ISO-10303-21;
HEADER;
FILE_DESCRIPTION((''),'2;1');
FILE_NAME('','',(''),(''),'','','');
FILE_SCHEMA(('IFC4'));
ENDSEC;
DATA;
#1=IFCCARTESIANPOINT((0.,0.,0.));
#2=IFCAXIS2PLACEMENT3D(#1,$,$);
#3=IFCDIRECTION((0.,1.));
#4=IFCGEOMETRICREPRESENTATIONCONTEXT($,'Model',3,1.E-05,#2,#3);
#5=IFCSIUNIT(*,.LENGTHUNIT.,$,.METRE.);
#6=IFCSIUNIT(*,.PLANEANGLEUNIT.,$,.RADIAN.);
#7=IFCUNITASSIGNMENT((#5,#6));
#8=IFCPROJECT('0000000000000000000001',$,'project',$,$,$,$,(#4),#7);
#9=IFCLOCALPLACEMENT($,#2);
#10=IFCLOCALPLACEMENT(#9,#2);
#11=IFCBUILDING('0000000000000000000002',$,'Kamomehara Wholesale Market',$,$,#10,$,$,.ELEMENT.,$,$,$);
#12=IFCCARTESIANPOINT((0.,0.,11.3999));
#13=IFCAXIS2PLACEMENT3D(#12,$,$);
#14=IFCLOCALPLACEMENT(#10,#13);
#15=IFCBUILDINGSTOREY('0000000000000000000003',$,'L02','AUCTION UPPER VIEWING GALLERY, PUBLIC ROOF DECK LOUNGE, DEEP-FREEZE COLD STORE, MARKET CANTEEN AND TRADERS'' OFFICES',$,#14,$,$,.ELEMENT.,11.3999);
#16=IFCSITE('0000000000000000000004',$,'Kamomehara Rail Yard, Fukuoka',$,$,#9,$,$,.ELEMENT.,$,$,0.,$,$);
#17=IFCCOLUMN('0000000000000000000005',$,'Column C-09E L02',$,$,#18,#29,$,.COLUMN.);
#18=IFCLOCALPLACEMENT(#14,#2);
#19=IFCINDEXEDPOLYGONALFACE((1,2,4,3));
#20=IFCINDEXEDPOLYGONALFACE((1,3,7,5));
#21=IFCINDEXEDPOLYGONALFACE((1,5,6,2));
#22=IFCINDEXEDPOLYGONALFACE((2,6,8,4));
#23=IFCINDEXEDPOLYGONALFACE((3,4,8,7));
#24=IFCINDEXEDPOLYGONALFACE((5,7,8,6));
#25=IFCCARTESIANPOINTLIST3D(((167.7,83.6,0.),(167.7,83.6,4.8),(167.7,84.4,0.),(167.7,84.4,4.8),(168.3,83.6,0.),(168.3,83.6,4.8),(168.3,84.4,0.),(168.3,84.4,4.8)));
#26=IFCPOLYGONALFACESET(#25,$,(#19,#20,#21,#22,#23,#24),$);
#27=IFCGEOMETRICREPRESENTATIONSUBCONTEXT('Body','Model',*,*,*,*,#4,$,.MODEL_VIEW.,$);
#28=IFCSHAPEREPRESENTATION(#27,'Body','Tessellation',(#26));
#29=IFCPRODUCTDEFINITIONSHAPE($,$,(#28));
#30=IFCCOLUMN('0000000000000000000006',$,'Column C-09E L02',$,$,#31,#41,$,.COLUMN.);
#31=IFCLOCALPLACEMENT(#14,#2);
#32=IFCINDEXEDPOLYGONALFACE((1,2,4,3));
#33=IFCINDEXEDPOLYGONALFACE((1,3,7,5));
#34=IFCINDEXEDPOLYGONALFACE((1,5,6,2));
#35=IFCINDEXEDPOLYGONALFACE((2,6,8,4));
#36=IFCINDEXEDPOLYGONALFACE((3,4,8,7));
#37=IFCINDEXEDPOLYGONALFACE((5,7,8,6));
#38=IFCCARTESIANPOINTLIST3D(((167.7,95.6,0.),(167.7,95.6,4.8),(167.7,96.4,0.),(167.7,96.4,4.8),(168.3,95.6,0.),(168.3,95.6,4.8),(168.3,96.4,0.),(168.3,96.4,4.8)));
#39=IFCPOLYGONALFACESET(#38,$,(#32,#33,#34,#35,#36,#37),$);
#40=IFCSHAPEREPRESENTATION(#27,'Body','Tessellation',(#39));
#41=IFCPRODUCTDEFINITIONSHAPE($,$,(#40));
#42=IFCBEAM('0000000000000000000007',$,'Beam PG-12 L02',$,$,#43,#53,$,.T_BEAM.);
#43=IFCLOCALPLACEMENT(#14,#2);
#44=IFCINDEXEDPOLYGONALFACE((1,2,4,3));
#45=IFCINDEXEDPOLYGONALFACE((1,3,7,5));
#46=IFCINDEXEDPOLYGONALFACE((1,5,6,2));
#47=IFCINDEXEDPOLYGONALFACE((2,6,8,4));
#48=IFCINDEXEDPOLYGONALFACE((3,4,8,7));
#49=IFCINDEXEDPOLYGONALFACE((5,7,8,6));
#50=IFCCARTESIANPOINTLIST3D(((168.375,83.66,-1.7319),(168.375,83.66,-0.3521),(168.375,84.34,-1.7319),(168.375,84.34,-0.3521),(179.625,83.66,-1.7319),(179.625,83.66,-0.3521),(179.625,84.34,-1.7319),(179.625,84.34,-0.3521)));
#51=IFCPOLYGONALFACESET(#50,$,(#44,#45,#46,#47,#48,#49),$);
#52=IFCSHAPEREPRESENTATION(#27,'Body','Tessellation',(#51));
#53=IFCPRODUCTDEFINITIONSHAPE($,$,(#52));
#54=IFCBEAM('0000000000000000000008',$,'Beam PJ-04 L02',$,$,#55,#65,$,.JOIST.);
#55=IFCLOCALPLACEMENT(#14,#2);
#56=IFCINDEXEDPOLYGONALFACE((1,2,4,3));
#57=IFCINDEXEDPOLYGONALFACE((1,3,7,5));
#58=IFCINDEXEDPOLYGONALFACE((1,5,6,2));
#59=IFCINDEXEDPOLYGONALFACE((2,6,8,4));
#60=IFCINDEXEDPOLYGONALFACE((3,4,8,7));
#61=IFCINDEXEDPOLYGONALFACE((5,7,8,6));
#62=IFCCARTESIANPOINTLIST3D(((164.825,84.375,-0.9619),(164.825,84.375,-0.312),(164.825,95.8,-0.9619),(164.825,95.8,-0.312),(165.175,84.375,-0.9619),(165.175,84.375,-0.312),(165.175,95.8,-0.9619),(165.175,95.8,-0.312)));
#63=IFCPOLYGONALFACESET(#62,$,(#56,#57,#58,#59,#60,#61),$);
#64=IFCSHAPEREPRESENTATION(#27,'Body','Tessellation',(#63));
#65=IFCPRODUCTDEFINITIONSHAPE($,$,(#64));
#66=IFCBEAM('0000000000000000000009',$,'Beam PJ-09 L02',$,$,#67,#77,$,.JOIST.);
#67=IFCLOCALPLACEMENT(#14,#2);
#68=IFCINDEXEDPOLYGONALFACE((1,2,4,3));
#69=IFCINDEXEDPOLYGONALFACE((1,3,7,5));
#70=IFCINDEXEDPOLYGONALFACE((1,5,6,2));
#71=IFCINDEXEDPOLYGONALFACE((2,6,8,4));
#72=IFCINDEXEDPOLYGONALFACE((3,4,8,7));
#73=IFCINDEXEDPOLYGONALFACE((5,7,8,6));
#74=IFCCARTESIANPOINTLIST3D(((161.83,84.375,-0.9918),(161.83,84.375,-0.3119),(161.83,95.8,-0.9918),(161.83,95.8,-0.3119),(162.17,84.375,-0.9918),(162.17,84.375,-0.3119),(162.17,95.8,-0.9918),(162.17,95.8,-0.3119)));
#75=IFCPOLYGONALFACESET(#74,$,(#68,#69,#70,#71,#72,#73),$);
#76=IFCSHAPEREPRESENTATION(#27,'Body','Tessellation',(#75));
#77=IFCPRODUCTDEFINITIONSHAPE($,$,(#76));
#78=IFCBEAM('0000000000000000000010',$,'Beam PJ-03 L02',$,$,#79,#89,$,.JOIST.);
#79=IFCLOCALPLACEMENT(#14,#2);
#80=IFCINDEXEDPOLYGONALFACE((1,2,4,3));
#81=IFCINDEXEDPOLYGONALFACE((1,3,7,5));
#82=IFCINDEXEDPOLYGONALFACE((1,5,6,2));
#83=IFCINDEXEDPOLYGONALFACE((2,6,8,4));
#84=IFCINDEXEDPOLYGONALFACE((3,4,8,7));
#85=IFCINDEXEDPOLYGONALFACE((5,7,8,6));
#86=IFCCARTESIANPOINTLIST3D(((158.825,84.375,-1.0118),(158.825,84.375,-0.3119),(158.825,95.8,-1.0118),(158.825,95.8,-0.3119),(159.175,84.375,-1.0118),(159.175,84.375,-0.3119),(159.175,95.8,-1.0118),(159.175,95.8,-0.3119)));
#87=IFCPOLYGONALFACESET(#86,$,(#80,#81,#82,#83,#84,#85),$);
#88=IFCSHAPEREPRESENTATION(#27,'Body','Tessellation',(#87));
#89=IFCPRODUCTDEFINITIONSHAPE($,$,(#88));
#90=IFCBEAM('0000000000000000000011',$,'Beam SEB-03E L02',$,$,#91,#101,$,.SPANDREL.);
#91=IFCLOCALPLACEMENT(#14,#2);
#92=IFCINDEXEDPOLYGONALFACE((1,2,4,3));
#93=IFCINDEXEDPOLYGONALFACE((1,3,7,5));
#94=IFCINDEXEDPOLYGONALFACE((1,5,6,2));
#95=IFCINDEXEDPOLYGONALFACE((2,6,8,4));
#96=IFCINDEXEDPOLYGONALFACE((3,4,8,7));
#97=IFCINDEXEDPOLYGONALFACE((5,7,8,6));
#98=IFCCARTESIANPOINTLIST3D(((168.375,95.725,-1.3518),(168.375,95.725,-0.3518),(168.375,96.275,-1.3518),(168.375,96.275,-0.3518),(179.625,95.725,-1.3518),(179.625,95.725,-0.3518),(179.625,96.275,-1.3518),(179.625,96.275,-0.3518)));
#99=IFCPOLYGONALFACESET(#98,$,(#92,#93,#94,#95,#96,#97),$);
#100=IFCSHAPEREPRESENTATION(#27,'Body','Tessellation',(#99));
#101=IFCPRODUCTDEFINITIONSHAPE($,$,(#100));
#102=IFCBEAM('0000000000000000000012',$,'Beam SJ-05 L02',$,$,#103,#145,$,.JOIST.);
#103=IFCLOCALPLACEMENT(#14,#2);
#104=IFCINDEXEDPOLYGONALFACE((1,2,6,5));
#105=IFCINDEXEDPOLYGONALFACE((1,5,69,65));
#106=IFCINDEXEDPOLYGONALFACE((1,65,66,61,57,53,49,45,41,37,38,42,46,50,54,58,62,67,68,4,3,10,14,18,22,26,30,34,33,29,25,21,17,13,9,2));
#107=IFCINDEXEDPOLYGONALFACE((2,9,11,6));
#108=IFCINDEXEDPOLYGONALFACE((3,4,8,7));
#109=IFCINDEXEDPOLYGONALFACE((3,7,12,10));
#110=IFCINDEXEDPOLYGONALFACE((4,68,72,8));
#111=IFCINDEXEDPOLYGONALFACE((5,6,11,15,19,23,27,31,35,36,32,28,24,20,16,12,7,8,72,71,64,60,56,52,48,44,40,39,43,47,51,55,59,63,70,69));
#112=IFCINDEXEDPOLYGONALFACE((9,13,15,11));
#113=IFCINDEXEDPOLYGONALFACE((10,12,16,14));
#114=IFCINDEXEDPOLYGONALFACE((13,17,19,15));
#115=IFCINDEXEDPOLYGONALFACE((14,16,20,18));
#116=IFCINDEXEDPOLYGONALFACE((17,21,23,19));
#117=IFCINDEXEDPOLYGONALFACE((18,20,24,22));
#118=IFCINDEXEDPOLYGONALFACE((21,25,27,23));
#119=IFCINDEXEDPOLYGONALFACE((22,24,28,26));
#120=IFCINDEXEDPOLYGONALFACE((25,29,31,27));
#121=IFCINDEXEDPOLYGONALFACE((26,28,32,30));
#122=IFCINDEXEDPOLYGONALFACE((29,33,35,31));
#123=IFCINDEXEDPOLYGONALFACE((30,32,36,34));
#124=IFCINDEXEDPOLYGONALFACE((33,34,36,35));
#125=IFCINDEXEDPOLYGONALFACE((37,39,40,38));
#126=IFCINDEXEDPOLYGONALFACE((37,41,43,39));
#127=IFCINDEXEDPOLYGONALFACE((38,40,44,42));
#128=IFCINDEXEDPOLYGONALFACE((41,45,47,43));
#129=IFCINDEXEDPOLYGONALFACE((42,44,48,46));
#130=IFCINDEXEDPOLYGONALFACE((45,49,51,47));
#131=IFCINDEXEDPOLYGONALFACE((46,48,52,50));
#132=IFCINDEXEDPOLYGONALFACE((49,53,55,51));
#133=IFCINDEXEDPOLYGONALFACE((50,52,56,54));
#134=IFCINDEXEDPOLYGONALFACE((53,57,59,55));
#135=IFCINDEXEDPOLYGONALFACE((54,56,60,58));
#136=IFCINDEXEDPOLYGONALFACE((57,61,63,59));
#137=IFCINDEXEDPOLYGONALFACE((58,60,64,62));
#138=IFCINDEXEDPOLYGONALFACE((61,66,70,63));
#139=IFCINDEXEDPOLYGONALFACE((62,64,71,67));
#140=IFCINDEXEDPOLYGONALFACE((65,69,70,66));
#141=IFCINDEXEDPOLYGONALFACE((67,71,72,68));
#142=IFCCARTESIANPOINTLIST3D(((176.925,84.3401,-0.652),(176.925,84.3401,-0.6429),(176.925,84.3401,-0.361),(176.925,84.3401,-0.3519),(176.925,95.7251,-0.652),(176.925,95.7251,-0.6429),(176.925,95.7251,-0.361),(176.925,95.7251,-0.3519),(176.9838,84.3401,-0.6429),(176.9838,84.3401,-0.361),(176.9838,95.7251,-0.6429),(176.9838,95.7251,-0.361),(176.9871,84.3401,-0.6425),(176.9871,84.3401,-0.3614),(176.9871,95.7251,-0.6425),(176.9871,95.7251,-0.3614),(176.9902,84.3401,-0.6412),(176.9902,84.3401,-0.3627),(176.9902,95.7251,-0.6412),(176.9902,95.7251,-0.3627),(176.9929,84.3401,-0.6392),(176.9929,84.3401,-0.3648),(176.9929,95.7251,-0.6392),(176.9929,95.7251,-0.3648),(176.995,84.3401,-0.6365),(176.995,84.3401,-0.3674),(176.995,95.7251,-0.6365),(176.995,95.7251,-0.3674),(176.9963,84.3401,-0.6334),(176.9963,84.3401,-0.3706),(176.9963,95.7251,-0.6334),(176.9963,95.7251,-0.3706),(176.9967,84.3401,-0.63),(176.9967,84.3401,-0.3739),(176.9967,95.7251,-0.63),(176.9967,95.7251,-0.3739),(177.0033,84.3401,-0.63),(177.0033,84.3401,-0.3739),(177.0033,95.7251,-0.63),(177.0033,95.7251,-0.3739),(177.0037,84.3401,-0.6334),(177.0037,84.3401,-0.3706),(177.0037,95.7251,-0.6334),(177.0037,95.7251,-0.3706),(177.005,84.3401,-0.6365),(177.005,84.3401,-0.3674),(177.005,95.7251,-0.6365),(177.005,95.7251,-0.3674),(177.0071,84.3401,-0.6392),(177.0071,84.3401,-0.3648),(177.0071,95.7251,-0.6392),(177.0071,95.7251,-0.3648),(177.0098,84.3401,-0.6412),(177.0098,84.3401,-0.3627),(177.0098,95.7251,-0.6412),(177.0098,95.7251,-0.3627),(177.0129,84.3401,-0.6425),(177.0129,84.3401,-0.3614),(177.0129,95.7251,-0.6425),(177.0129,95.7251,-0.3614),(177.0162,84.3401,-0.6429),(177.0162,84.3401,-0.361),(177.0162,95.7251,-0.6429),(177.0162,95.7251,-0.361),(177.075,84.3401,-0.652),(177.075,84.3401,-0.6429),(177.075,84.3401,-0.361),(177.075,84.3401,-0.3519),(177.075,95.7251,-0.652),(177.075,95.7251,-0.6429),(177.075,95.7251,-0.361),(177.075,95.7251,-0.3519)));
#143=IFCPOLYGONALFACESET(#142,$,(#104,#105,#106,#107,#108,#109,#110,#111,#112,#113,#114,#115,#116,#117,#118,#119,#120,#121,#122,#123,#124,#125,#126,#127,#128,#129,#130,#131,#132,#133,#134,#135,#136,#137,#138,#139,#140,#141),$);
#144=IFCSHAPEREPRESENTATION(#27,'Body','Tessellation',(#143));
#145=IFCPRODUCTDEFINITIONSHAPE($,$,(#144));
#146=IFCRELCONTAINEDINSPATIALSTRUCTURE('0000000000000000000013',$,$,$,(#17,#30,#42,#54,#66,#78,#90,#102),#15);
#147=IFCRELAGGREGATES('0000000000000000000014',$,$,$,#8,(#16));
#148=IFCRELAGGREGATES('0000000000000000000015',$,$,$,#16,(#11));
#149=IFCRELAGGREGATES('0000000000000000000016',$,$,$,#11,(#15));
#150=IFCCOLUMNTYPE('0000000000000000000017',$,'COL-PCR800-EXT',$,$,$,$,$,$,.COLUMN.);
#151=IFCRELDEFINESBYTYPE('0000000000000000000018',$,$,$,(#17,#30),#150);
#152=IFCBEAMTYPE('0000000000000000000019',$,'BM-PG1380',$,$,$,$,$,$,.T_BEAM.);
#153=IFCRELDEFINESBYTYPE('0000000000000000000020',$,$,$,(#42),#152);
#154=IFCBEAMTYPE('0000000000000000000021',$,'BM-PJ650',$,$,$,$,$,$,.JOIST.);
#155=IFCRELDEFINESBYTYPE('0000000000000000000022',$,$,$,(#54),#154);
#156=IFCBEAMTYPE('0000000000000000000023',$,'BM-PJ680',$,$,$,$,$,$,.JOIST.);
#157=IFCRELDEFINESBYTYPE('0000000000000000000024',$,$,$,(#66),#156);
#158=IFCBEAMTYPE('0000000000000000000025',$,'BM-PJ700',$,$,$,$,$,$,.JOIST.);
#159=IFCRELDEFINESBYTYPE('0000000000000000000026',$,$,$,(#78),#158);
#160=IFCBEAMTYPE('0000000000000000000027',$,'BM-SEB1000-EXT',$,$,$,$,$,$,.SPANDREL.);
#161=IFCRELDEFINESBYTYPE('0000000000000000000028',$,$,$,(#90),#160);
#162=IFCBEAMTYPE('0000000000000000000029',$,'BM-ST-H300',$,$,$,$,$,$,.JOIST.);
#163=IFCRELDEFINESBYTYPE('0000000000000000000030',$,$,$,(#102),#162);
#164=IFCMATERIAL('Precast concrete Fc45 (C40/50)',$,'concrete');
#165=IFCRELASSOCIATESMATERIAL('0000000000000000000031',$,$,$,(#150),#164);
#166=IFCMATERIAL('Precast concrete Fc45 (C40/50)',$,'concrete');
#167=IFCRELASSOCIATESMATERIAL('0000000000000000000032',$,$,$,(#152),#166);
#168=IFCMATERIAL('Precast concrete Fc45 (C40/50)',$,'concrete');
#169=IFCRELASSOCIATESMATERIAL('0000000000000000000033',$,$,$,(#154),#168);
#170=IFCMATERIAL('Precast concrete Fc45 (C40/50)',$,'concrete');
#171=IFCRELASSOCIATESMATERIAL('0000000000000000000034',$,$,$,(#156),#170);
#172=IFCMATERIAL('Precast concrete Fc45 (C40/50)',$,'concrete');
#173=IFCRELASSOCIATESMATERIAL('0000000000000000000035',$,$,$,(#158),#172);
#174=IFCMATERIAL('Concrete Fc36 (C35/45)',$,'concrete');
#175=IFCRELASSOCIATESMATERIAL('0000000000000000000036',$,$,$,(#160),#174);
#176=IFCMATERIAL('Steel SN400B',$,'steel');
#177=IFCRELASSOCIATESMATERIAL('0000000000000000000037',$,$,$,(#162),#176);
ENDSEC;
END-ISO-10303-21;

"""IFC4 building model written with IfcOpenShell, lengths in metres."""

from ifc_helpers import new_model, si_unit, direction, frame, origin, origin_2d, place, context, subcontext, project, spatial, rectangle, i_section, extrude, material, material_profile, profile_set, type_object, element, save


model = new_model("IFC4")

# Units and contexts
model_context = context("Model", 3, precision=1e-05, world=origin(), true_north=direction((0.0, 1.0)))
body_context = subcontext(model_context, "Body", "Model", "MODEL_VIEW")
ifc_project = project(units=[si_unit("LENGTHUNIT", "METRE"), si_unit("PLANEANGLEUNIT", "RADIAN")], contexts=[model_context])

# Site, building, storey
site_placement = place(None, origin())
site = spatial("IfcSite", under=ifc_project, at=site_placement, Name="Kamomehara Rail Yard, Fukuoka", CompositionType="ELEMENT", RefElevation=0.0)
building_placement = place(site_placement, origin())
building = spatial("IfcBuilding", under=site, at=building_placement, Name="Kamomehara Wholesale Market", CompositionType="ELEMENT")
storey_placement = place(building_placement, frame((0.0, 0.0, 11.3999)))
storey = spatial("IfcBuildingStorey", under=building, at=storey_placement, Name="L02", Description="AUCTION UPPER VIEWING GALLERY, PUBLIC ROOF DECK LOUNGE, DEEP-FREEZE COLD STORE, MARKET CANTEEN AND TRADERS' OFFICES", CompositionType="ELEMENT", Elevation=11.3999)

# Columns
ifc_material_1 = material(Name="Precast concrete Fc45 (C40/50)", Category="concrete")
ifc_material_profile_1 = material_profile(ifc_material_1, rectangle(XDim=0.6001, YDim=0.8, at=origin_2d()), Name="PC-COL-600x800")
ifc_profile_set_1 = profile_set([ifc_material_profile_1], Name="Precast concrete Fc45 (C40/50)")
column_type = type_object("IfcColumnType", Name="COL-PCR800-EXT", PredefinedType="COLUMN", material=ifc_profile_set_1)
for number, where, z_axis, x_axis, name in (
    (1, (168.0, 84.0, 0.0), (0.0, 0.0, 1.0), (1.0, 0.0, 0.0), "Column C-09E L02"),
    (2, (168.0, 96.0, 0.0), (0.0, 0.0, 1.0), (1.0, 0.0, 0.0), "Column C-09E L02"),
):
    element("IfcColumn", number, at=place(storey_placement, frame(where, z_axis=z_axis, x_axis=x_axis)), inside=storey, type_object=column_type, Name=name, PredefinedType="COLUMN", context=body_context, shape_type="SweptSolid", body=[
        extrude(rectangle(XDim=0.6001, YDim=0.8, at=origin_2d()), origin(), (0.0, 0.0, 1.0), 4.8),
    ])

# Beams
ifc_material_2 = material(Name="Precast concrete Fc45 (C40/50)", Category="concrete")
ifc_material_profile_2 = material_profile(ifc_material_2, rectangle(XDim=0.6799, YDim=1.3799, at=origin_2d()), Name="PC-GRD-680x1380")
ifc_profile_set_2 = profile_set([ifc_material_profile_2], Name="Precast concrete Fc45 (C40/50)")
beam_type_1 = type_object("IfcBeamType", Name="BM-PG1380", PredefinedType="T_BEAM", material=ifc_profile_set_2)
beam_1_placement = place(storey_placement, frame((168.375, 84.0, -1.042), z_axis=(1.0, 0.0, 0.0), x_axis=(0.0, 1.0, 0.0)))
element("IfcBeam", 3, at=beam_1_placement, inside=storey, type_object=beam_type_1, Name="Beam PG-12 L02", PredefinedType="T_BEAM", context=body_context, shape_type="SweptSolid", body=[
    extrude(rectangle(XDim=0.6799, YDim=1.3799, at=origin_2d()), origin(), (0.0, 0.0, 1.0), 11.25),
])
ifc_material_3 = material(Name="Precast concrete Fc45 (C40/50)", Category="concrete")
ifc_material_profile_3 = material_profile(ifc_material_3, rectangle(XDim=0.3501, YDim=0.6499, at=origin_2d()), Name="PC-JST-350x650")
ifc_profile_set_3 = profile_set([ifc_material_profile_3], Name="Precast concrete Fc45 (C40/50)")
beam_type_2 = type_object("IfcBeamType", Name="BM-PJ650", PredefinedType="JOIST", material=ifc_profile_set_3)
beam_2_placement = place(storey_placement, frame((165.0, 84.375, -0.637), z_axis=(0.0, 1.0, 0.0), x_axis=(-1.0, 0.0, 0.0)))
element("IfcBeam", 4, at=beam_2_placement, inside=storey, type_object=beam_type_2, Name="Beam PJ-04 L02", PredefinedType="JOIST", context=body_context, shape_type="SweptSolid", body=[
    extrude(rectangle(XDim=0.3501, YDim=0.6499, at=origin_2d()), origin(), (0.0, 0.0, 1.0), 11.425),
])
ifc_material_4 = material(Name="Precast concrete Fc45 (C40/50)", Category="concrete")
ifc_material_profile_4 = material_profile(ifc_material_4, rectangle(XDim=0.3401, YDim=0.6799, at=origin_2d()), Name="PC-JST-340x680")
ifc_profile_set_4 = profile_set([ifc_material_profile_4], Name="Precast concrete Fc45 (C40/50)")
beam_type_3 = type_object("IfcBeamType", Name="BM-PJ680", PredefinedType="JOIST", material=ifc_profile_set_4)
beam_3_placement = place(storey_placement, frame((162.0, 84.375, -0.6519), z_axis=(0.0, 1.0, 0.0), x_axis=(-1.0, 0.0, 0.0)))
element("IfcBeam", 5, at=beam_3_placement, inside=storey, type_object=beam_type_3, Name="Beam PJ-09 L02", PredefinedType="JOIST", context=body_context, shape_type="SweptSolid", body=[
    extrude(rectangle(XDim=0.3401, YDim=0.6799, at=origin_2d()), origin(), (0.0, 0.0, 1.0), 11.425),
])
ifc_material_5 = material(Name="Precast concrete Fc45 (C40/50)", Category="concrete")
ifc_material_profile_5 = material_profile(ifc_material_5, rectangle(XDim=0.3501, YDim=0.7, at=origin_2d()), Name="PC-JST-350x700")
ifc_profile_set_5 = profile_set([ifc_material_profile_5], Name="Precast concrete Fc45 (C40/50)")
beam_type_4 = type_object("IfcBeamType", Name="BM-PJ700", PredefinedType="JOIST", material=ifc_profile_set_5)
beam_4_placement = place(storey_placement, frame((159.0, 84.375, -0.6619), z_axis=(0.0, 1.0, 0.0), x_axis=(-1.0, 0.0, 0.0)))
element("IfcBeam", 6, at=beam_4_placement, inside=storey, type_object=beam_type_4, Name="Beam PJ-03 L02", PredefinedType="JOIST", context=body_context, shape_type="SweptSolid", body=[
    extrude(rectangle(XDim=0.3501, YDim=0.7, at=origin_2d()), origin(), (0.0, 0.0, 1.0), 11.425),
])
ifc_material_6 = material(Name="Concrete Fc36 (C35/45)", Category="concrete")
ifc_material_profile_6 = material_profile(ifc_material_6, rectangle(XDim=0.55, YDim=1.0, at=origin_2d()), Name="RC-SEB-550x1000")
ifc_profile_set_6 = profile_set([ifc_material_profile_6], Name="Concrete Fc36 (C35/45)")
beam_type_5 = type_object("IfcBeamType", Name="BM-SEB1000-EXT", PredefinedType="SPANDREL", material=ifc_profile_set_6)
beam_5_placement = place(storey_placement, frame((168.375, 96.0, -0.8518), z_axis=(1.0, 0.0, 0.0), x_axis=(0.0, 1.0, 0.0)))
element("IfcBeam", 7, at=beam_5_placement, inside=storey, type_object=beam_type_5, Name="Beam SEB-03E L02", PredefinedType="SPANDREL", context=body_context, shape_type="SweptSolid", body=[
    extrude(rectangle(XDim=0.55, YDim=1.0, at=origin_2d()), origin(), (0.0, 0.0, 1.0), 11.25),
])
ifc_material_7 = material(Name="Steel SN400B", Category="steel")
ifc_material_profile_7 = material_profile(ifc_material_7, i_section(OverallWidth=0.1499, OverallDepth=0.3, WebThickness=0.0066, FlangeThickness=0.009, FilletRadius=0.0129, at=origin_2d()), Name="H-300x150x6.5x9")
ifc_profile_set_7 = profile_set([ifc_material_profile_7], Name="Steel SN400B")
beam_type_6 = type_object("IfcBeamType", Name="BM-ST-H300", PredefinedType="JOIST", material=ifc_profile_set_7)
beam_6_placement = place(storey_placement, frame((177.0, 84.3401, -0.502), z_axis=(0.0, 1.0, 0.0), x_axis=(-1.0, 0.0, 0.0)))
element("IfcBeam", 8, at=beam_6_placement, inside=storey, type_object=beam_type_6, Name="Beam SJ-05 L02", PredefinedType="JOIST", context=body_context, shape_type="SweptSolid", body=[
    extrude(i_section(OverallWidth=0.1499, OverallDepth=0.3, WebThickness=0.0066, FlangeThickness=0.009, FilletRadius=0.0129, at=origin_2d()), origin(), (0.0, 0.0, 1.0), 11.385),
])

save(model, "model.ifc")
